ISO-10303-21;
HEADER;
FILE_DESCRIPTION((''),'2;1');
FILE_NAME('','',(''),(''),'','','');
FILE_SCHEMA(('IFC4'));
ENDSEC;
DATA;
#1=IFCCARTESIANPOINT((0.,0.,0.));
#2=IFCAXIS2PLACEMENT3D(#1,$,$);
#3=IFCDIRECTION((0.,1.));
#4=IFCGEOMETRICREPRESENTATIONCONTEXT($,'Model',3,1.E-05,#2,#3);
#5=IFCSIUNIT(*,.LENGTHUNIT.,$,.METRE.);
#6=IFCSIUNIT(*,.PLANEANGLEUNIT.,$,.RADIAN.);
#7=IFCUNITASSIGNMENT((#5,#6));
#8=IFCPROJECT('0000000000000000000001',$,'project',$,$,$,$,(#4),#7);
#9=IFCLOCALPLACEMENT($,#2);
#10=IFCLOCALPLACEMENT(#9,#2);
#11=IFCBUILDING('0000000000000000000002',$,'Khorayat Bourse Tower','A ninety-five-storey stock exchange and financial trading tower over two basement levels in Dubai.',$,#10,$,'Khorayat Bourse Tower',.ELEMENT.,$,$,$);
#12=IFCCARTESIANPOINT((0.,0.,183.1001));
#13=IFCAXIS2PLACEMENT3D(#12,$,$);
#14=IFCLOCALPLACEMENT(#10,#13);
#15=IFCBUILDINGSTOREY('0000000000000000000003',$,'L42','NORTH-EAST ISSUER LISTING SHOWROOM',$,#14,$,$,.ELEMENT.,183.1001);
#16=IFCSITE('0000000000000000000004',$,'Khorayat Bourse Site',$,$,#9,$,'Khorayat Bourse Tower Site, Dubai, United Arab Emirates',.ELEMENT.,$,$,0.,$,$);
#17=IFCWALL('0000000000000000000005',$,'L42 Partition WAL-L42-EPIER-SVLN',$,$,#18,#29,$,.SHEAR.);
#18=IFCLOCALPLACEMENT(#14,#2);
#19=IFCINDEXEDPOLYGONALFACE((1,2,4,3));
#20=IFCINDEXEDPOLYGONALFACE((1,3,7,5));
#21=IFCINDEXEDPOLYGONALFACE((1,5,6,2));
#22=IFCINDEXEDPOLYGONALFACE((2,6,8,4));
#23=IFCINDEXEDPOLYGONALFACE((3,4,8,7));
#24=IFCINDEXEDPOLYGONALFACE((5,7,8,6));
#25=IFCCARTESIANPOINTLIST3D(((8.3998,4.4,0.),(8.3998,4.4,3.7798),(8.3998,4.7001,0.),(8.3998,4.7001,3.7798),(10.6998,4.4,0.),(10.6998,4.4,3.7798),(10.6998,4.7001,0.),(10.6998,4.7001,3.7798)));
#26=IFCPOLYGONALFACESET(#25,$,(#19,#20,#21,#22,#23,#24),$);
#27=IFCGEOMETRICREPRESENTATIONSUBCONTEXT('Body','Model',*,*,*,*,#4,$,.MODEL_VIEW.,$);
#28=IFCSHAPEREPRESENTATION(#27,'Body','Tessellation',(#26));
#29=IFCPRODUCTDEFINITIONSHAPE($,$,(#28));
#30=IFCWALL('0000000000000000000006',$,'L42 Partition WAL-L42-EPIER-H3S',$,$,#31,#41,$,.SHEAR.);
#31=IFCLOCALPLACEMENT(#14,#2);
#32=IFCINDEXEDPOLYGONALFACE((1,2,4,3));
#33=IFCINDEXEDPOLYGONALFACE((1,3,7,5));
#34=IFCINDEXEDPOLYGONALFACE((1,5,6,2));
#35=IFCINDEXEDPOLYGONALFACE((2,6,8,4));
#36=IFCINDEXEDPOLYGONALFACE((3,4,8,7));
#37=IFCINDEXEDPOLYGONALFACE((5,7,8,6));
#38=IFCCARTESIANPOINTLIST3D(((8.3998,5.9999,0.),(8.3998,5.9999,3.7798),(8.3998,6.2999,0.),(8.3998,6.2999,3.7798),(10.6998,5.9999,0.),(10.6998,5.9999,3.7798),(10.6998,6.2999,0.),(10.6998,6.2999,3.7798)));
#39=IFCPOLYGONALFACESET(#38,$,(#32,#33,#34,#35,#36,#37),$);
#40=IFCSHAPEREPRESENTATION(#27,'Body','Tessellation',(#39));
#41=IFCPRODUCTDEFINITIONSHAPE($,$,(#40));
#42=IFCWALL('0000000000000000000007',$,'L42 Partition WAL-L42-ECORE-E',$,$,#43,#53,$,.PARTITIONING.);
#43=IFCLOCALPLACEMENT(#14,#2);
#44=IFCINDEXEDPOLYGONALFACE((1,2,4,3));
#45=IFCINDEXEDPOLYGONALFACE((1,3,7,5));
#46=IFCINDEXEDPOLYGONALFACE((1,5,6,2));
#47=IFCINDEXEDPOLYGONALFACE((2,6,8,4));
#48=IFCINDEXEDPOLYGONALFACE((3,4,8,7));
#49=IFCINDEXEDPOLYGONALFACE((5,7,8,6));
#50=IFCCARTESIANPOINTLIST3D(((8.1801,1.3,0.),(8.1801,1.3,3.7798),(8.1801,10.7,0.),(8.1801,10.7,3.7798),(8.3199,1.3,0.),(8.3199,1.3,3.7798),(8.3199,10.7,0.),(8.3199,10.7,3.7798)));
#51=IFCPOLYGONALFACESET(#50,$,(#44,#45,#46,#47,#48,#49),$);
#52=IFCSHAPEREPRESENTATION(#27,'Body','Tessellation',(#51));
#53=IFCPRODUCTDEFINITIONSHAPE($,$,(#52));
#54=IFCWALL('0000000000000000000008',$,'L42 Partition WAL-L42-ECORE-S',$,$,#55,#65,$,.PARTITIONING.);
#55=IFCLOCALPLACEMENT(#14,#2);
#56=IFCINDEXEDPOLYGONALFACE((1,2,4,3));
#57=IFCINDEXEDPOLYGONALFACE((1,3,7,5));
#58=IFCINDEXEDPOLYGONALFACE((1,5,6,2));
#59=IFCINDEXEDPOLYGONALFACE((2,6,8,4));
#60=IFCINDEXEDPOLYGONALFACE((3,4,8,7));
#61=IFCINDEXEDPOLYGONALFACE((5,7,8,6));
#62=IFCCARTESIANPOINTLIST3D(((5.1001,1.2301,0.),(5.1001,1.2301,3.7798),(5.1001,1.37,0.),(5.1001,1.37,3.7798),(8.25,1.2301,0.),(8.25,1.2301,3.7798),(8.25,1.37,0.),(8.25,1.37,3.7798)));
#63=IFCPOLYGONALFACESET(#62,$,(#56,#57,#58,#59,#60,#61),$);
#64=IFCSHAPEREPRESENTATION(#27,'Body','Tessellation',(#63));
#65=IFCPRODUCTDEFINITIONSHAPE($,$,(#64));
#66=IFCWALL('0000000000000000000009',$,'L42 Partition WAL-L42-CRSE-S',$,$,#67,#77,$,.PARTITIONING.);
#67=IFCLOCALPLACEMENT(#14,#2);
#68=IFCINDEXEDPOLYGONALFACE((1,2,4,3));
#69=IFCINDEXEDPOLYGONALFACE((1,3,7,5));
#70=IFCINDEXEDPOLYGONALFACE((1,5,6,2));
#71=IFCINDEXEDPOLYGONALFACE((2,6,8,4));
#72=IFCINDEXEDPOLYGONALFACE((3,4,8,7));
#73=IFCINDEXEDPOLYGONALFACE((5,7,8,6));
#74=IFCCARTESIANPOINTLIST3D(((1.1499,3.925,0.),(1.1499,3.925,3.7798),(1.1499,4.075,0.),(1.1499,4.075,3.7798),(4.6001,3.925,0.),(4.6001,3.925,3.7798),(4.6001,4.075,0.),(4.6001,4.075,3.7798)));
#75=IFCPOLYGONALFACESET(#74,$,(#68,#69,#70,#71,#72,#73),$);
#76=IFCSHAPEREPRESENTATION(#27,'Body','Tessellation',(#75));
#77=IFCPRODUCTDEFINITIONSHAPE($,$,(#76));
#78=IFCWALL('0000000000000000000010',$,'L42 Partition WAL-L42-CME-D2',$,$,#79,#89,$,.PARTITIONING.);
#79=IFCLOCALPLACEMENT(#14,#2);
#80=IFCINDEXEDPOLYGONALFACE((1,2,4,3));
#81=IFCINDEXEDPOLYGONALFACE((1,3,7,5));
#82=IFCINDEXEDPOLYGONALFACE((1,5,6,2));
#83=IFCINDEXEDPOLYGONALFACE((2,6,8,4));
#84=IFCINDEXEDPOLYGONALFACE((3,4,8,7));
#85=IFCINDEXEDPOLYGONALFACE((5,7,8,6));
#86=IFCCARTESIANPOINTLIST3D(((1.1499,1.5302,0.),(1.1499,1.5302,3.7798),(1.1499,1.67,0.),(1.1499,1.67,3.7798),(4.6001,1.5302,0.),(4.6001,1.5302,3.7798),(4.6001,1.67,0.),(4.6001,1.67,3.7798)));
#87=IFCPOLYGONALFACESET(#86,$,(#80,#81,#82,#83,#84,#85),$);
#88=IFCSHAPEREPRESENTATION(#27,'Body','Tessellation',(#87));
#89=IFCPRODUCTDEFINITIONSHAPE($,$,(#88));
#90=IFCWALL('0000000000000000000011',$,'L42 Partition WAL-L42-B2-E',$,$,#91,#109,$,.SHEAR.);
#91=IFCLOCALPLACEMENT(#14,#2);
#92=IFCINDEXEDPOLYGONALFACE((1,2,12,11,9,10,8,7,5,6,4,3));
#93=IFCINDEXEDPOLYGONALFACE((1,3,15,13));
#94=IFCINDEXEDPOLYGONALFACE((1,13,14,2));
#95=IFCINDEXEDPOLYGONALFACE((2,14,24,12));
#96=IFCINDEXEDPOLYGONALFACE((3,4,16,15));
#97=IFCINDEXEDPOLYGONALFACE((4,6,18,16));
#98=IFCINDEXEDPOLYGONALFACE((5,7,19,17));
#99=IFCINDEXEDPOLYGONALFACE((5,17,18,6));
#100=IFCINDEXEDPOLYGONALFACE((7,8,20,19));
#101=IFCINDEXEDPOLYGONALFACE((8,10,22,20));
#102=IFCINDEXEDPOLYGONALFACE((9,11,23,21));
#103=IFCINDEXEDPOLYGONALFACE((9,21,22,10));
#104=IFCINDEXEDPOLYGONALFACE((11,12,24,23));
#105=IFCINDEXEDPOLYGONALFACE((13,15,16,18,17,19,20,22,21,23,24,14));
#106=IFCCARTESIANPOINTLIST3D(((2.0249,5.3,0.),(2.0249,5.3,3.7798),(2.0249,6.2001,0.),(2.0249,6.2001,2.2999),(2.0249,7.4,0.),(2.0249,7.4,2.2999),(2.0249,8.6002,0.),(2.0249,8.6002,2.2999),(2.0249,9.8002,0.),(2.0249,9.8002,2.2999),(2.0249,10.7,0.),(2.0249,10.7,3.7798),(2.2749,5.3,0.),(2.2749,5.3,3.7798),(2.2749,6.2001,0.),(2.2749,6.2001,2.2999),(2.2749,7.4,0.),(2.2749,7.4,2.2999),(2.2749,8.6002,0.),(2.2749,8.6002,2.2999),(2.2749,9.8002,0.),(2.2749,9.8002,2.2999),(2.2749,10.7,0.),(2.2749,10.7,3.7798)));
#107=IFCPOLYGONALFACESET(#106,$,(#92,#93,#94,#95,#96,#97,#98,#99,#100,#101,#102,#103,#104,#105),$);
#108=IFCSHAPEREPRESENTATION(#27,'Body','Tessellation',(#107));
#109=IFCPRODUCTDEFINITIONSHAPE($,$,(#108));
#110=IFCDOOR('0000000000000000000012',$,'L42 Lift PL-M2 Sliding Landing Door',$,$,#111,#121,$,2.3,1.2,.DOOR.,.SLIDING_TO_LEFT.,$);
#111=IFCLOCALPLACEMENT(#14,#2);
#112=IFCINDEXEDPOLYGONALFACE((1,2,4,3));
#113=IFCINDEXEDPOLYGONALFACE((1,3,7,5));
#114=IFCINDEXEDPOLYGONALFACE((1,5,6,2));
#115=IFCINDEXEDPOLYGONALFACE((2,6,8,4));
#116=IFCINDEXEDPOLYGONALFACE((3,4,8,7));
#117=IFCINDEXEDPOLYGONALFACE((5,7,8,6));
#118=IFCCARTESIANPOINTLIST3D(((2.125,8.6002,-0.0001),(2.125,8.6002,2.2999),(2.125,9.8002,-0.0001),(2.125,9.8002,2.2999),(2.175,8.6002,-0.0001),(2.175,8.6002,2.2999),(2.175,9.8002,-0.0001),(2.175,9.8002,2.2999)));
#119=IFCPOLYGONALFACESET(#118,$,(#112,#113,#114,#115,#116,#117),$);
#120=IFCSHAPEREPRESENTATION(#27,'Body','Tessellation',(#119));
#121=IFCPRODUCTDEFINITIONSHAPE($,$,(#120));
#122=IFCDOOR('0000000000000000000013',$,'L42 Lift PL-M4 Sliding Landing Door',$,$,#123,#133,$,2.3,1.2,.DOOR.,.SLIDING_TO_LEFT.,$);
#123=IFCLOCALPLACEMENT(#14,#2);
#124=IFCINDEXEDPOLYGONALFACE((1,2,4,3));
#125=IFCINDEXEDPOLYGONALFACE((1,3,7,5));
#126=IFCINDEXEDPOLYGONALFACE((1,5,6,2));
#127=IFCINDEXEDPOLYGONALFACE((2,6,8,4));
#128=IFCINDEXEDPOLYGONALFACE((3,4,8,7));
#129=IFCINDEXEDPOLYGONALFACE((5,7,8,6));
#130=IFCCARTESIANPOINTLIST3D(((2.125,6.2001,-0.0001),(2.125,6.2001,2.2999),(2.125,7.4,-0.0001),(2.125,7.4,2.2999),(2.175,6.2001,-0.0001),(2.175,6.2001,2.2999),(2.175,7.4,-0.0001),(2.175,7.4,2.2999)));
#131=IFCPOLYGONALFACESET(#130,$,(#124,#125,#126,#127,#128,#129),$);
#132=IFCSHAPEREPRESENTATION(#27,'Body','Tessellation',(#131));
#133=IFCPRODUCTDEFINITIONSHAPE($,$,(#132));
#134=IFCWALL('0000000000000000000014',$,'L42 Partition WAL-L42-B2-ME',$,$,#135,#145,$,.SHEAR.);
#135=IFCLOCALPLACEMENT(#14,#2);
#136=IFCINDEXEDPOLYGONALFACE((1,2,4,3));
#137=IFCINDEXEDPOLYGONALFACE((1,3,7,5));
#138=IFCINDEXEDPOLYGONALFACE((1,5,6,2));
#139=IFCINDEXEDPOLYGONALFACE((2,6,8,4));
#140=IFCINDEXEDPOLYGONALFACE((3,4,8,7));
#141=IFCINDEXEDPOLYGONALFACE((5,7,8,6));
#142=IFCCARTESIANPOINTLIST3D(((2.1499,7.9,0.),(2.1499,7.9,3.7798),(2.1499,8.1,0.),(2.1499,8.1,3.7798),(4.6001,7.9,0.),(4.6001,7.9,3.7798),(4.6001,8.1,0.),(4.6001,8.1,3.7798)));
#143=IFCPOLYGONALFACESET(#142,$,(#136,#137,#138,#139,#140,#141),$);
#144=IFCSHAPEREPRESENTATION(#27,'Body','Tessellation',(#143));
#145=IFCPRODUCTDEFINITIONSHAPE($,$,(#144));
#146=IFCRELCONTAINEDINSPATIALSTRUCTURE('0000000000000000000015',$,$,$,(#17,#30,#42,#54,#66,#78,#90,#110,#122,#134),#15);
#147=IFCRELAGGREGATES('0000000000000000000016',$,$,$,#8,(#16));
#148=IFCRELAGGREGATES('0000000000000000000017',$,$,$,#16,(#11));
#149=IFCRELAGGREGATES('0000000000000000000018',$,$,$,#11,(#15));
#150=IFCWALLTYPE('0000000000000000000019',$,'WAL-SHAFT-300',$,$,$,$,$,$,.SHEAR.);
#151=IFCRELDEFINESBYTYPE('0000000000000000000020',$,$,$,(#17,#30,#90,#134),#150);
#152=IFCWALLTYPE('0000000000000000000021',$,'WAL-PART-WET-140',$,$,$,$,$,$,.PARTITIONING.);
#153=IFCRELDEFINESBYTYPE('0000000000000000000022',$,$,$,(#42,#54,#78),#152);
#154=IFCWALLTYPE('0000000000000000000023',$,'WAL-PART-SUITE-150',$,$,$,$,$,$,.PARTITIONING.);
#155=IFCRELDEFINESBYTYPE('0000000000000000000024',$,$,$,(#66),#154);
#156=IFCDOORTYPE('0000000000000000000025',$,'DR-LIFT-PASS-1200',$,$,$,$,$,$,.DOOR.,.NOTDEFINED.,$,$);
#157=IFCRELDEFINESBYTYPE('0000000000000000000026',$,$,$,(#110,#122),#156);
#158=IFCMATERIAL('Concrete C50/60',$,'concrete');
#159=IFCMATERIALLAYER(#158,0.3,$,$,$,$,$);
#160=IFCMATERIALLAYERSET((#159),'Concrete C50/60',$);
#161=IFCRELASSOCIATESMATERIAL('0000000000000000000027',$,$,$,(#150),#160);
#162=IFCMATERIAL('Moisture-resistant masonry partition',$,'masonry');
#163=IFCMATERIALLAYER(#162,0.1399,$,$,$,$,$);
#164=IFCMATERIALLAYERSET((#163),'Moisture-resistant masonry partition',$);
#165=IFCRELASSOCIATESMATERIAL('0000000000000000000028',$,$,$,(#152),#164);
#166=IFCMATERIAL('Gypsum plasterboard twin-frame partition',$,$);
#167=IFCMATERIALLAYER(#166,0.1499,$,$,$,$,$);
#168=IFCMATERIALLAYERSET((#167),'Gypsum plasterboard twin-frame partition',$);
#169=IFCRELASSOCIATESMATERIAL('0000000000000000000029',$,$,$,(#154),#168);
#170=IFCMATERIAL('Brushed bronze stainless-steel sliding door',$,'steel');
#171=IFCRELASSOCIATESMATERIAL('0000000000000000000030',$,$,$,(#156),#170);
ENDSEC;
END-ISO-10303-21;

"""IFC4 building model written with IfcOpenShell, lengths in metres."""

from ifc_helpers import new_model, si_unit, direction, frame, frame_2d, origin, place, context, subcontext, project, spatial, rectangle, extrude, source, transform, mapped, material, layer, layer_set, type_object, element, fill, save


model = new_model("IFC4")

# Units and contexts
model_context = context("Model", 3, precision=1e-05, world=origin(), true_north=direction((0.0, 1.0)))
body_context = subcontext(model_context, "Body", "Model", "MODEL_VIEW")
ifc_project = project(units=[si_unit("LENGTHUNIT", "METRE"), si_unit("PLANEANGLEUNIT", "RADIAN")], contexts=[model_context])

# Site, building, storey
site_placement = place(None, origin())
site = spatial("IfcSite", under=ifc_project, at=site_placement, Name="Khorayat Bourse Site", LongName="Khorayat Bourse Tower Site, Dubai, United Arab Emirates", CompositionType="ELEMENT", RefElevation=0.0)
building_placement = place(site_placement, origin())
building = spatial("IfcBuilding", under=site, at=building_placement, Name="Khorayat Bourse Tower", Description="A ninety-five-storey stock exchange and financial trading tower over two basement levels in Dubai.", LongName="Khorayat Bourse Tower", CompositionType="ELEMENT")
storey_placement = place(building_placement, frame((0.0, 0.0, 183.1001)))
storey = spatial("IfcBuildingStorey", under=building, at=storey_placement, Name="L42", Description="NORTH-EAST ISSUER LISTING SHOWROOM", CompositionType="ELEMENT", Elevation=183.1001)

# Walls
ifc_material_1 = material(Name="Concrete C50/60", Category="concrete")
ifc_layer_1 = layer(ifc_material_1, 0.3)
ifc_layer_set_1 = layer_set([ifc_layer_1], Name="Concrete C50/60")
wall_type_1 = type_object("IfcWallType", Name="WAL-SHAFT-300", PredefinedType="SHEAR", material=ifc_layer_set_1)
shared_shape_1 = source(origin(), body_context, "Body", "SweptSolid", [
    extrude(rectangle(XDim=2.3, YDim=0.3, at=frame_2d((1.1499, 0.0))), origin(), (0.0, 0.0, 1.0), 3.7798),
])
for number, where, z_axis, x_axis, name in (
    (1, (8.3999, 4.55, 0.0), (0.0, 0.0, 1.0), (1.0, 0.0, 0.0), "L42 Partition WAL-L42-EPIER-SVLN"),
    (2, (8.3999, 6.1499, 0.0), (0.0, 0.0, 1.0), (1.0, 0.0, 0.0), "L42 Partition WAL-L42-EPIER-H3S"),
):
    element("IfcWall", number, at=place(storey_placement, frame(where, z_axis=z_axis, x_axis=x_axis)), inside=storey, type_object=wall_type_1, Name=name, PredefinedType="SHEAR", context=body_context, shape_type="MappedRepresentation", body=[
        mapped(shared_shape_1, transform((0.0, 0.0, 0.0), scale=1.0)),
    ])
ifc_material_2 = material(Name="Moisture-resistant masonry partition", Category="masonry")
ifc_layer_2 = layer(ifc_material_2, 0.1399)
ifc_layer_set_2 = layer_set([ifc_layer_2], Name="Moisture-resistant masonry partition")
wall_type_2 = type_object("IfcWallType", Name="WAL-PART-WET-140", PredefinedType="PARTITIONING", material=ifc_layer_set_2)
shared_shape_2 = source(origin(), body_context, "Body", "SweptSolid", [
    extrude(rectangle(XDim=9.3999, YDim=0.1399, at=frame_2d((4.7, 0.0))), origin(), (0.0, 0.0, 1.0), 3.7798),
])
wall_1_placement = place(storey_placement, frame((8.25, 1.3, 0.0), z_axis=(0.0, 0.0, 1.0), x_axis=(0.0, 1.0, 0.0)))
element("IfcWall", 3, at=wall_1_placement, inside=storey, type_object=wall_type_2, Name="L42 Partition WAL-L42-ECORE-E", PredefinedType="PARTITIONING", context=body_context, shape_type="MappedRepresentation", body=[
    mapped(shared_shape_2, transform((0.0, 0.0, 0.0), scale=1.0)),
])
shared_shape_3 = source(origin(), body_context, "Body", "SweptSolid", [
    extrude(rectangle(XDim=3.1499, YDim=0.1399, at=frame_2d((1.575, 0.0))), origin(), (0.0, 0.0, 1.0), 3.7798),
])
wall_2_placement = place(storey_placement, frame((5.1001, 1.3, 0.0), z_axis=(0.0, 0.0, 1.0), x_axis=(1.0, 0.0, 0.0)))
element("IfcWall", 4, at=wall_2_placement, inside=storey, type_object=wall_type_2, Name="L42 Partition WAL-L42-ECORE-S", PredefinedType="PARTITIONING", context=body_context, shape_type="MappedRepresentation", body=[
    mapped(shared_shape_3, transform((0.0, 0.0, 0.0), scale=1.0)),
])

# Walls
ifc_material_3 = material(Name="Gypsum plasterboard twin-frame partition")
ifc_layer_3 = layer(ifc_material_3, 0.1499)
ifc_layer_set_3 = layer_set([ifc_layer_3], Name="Gypsum plasterboard twin-frame partition")
wall_type_3 = type_object("IfcWallType", Name="WAL-PART-SUITE-150", PredefinedType="PARTITIONING", material=ifc_layer_set_3)
shared_shape_4 = source(origin(), body_context, "Body", "SweptSolid", [
    extrude(rectangle(XDim=3.4502, YDim=0.1499, at=frame_2d((1.7251, 0.0))), origin(), (0.0, 0.0, 1.0), 3.7798),
])
wall_3_placement = place(storey_placement, frame((1.1499, 4.0, 0.0), z_axis=(0.0, 0.0, 1.0), x_axis=(1.0, 0.0, 0.0)))
element("IfcWall", 5, at=wall_3_placement, inside=storey, type_object=wall_type_3, Name="L42 Partition WAL-L42-CRSE-S", PredefinedType="PARTITIONING", context=body_context, shape_type="MappedRepresentation", body=[
    mapped(shared_shape_4, transform((0.0, 0.0, 0.0), scale=1.0)),
])
shared_shape_5 = source(origin(), body_context, "Body", "SweptSolid", [
    extrude(rectangle(XDim=3.4502, YDim=0.1399, at=frame_2d((1.7251, 0.0))), origin(), (0.0, 0.0, 1.0), 3.7798),
])
wall_4_placement = place(storey_placement, frame((1.1499, 1.6001, 0.0), z_axis=(0.0, 0.0, 1.0), x_axis=(1.0, 0.0, 0.0)))
element("IfcWall", 6, at=wall_4_placement, inside=storey, type_object=wall_type_2, Name="L42 Partition WAL-L42-CME-D2", PredefinedType="PARTITIONING", context=body_context, shape_type="MappedRepresentation", body=[
    mapped(shared_shape_5, transform((0.0, 0.0, 0.0), scale=1.0)),
])

# Wall, openings, doors
shared_shape_6 = source(origin(), body_context, "Body", "SweptSolid", [
    extrude(rectangle(XDim=5.3999, YDim=0.25, at=frame_2d((2.7, 0.0))), origin(), (0.0, 0.0, 1.0), 3.7798),
])
wall_5_placement = place(storey_placement, frame((2.1499, 5.3, 0.0), z_axis=(0.0, 0.0, 1.0), x_axis=(0.0, 1.0, 0.0)))
wall_5 = element("IfcWall", 7, at=wall_5_placement, inside=storey, type_object=wall_type_1, Name="L42 Partition WAL-L42-B2-E", PredefinedType="SHEAR", context=body_context, shape_type="MappedRepresentation", body=[
    mapped(shared_shape_6, transform((0.0, 0.0, 0.0), scale=1.0)),
])
shared_shape_7 = source(origin(), body_context, "Body", "SweptSolid", [
    extrude(rectangle(XDim=1.2, YDim=2.3, at=frame_2d((0.6001, 1.1499))), frame((0.0, 0.135, 0.0), z_axis=(0.0, -1.0, 0.0), x_axis=(1.0, 0.0, 0.0)), (0.0, 0.0, 1.0), 0.27),
])
opening_1_placement = place(wall_5_placement, frame((3.3, 0.0, 0.0)))
opening_1 = element("IfcOpeningElement", 8, at=opening_1_placement, cuts=wall_5, PredefinedType="OPENING", context=body_context, shape_type="MappedRepresentation", body=[
    mapped(shared_shape_7, transform((0.0, 0.0, 0.0), scale=1.0)),
])
opening_2_placement = place(wall_5_placement, frame((0.8999, 0.0, 0.0)))
opening_2 = element("IfcOpeningElement", 9, at=opening_2_placement, cuts=wall_5, PredefinedType="OPENING", context=body_context, shape_type="MappedRepresentation", body=[
    mapped(shared_shape_7, transform((0.0, 0.0, 0.0), scale=1.0)),
])
ifc_material_4 = material(Name="Brushed bronze stainless-steel sliding door", Category="steel")
door_type_1 = type_object("IfcDoorType", Name="DR-LIFT-PASS-1200", OperationType="NOTDEFINED", PredefinedType="DOOR", material=ifc_material_4)
shared_shape_8 = source(origin(), body_context, "Body", "SweptSolid", [
    extrude(rectangle(XDim=1.2, YDim=2.3, at=frame_2d((0.6001, 1.1499))), frame((0.0, 0.0249, 0.0), z_axis=(0.0, -1.0, 0.0), x_axis=(1.0, 0.0, 0.0)), (0.0, 0.0, 1.0), 0.05),
])
door_1_placement = place(opening_1_placement, origin())
door_1 = element("IfcDoor", 10, at=door_1_placement, inside=storey, type_object=door_type_1, Name="L42 Lift PL-M2 Sliding Landing Door", OperationType="SLIDING_TO_LEFT", OverallHeight=2.3, OverallWidth=1.2, PredefinedType="DOOR", context=body_context, shape_type="MappedRepresentation", body=[
    mapped(shared_shape_8, transform((0.0, 0.0, 0.0), scale=1.0)),
])
fill(opening_1, door_1)
door_2_placement = place(opening_2_placement, origin())
door_2 = element("IfcDoor", 11, at=door_2_placement, inside=storey, type_object=door_type_1, Name="L42 Lift PL-M4 Sliding Landing Door", OperationType="SLIDING_TO_LEFT", OverallHeight=2.3, OverallWidth=1.2, PredefinedType="DOOR", context=body_context, shape_type="MappedRepresentation", body=[
    mapped(shared_shape_8, transform((0.0, 0.0, 0.0), scale=1.0)),
])
fill(opening_2, door_2)

# Wall
shared_shape_9 = source(origin(), body_context, "Body", "SweptSolid", [
    extrude(rectangle(XDim=2.4502, YDim=0.2, at=frame_2d((1.2251, 0.0))), origin(), (0.0, 0.0, 1.0), 3.7798),
])
wall_6_placement = place(storey_placement, frame((2.1499, 8.0, 0.0), z_axis=(0.0, 0.0, 1.0), x_axis=(1.0, 0.0, 0.0)))
element("IfcWall", 12, at=wall_6_placement, inside=storey, type_object=wall_type_1, Name="L42 Partition WAL-L42-B2-ME", PredefinedType="SHEAR", context=body_context, shape_type="MappedRepresentation", body=[
    mapped(shared_shape_9, transform((0.0, 0.0, 0.0), scale=1.0)),
])

save(model, "model.ifc")
